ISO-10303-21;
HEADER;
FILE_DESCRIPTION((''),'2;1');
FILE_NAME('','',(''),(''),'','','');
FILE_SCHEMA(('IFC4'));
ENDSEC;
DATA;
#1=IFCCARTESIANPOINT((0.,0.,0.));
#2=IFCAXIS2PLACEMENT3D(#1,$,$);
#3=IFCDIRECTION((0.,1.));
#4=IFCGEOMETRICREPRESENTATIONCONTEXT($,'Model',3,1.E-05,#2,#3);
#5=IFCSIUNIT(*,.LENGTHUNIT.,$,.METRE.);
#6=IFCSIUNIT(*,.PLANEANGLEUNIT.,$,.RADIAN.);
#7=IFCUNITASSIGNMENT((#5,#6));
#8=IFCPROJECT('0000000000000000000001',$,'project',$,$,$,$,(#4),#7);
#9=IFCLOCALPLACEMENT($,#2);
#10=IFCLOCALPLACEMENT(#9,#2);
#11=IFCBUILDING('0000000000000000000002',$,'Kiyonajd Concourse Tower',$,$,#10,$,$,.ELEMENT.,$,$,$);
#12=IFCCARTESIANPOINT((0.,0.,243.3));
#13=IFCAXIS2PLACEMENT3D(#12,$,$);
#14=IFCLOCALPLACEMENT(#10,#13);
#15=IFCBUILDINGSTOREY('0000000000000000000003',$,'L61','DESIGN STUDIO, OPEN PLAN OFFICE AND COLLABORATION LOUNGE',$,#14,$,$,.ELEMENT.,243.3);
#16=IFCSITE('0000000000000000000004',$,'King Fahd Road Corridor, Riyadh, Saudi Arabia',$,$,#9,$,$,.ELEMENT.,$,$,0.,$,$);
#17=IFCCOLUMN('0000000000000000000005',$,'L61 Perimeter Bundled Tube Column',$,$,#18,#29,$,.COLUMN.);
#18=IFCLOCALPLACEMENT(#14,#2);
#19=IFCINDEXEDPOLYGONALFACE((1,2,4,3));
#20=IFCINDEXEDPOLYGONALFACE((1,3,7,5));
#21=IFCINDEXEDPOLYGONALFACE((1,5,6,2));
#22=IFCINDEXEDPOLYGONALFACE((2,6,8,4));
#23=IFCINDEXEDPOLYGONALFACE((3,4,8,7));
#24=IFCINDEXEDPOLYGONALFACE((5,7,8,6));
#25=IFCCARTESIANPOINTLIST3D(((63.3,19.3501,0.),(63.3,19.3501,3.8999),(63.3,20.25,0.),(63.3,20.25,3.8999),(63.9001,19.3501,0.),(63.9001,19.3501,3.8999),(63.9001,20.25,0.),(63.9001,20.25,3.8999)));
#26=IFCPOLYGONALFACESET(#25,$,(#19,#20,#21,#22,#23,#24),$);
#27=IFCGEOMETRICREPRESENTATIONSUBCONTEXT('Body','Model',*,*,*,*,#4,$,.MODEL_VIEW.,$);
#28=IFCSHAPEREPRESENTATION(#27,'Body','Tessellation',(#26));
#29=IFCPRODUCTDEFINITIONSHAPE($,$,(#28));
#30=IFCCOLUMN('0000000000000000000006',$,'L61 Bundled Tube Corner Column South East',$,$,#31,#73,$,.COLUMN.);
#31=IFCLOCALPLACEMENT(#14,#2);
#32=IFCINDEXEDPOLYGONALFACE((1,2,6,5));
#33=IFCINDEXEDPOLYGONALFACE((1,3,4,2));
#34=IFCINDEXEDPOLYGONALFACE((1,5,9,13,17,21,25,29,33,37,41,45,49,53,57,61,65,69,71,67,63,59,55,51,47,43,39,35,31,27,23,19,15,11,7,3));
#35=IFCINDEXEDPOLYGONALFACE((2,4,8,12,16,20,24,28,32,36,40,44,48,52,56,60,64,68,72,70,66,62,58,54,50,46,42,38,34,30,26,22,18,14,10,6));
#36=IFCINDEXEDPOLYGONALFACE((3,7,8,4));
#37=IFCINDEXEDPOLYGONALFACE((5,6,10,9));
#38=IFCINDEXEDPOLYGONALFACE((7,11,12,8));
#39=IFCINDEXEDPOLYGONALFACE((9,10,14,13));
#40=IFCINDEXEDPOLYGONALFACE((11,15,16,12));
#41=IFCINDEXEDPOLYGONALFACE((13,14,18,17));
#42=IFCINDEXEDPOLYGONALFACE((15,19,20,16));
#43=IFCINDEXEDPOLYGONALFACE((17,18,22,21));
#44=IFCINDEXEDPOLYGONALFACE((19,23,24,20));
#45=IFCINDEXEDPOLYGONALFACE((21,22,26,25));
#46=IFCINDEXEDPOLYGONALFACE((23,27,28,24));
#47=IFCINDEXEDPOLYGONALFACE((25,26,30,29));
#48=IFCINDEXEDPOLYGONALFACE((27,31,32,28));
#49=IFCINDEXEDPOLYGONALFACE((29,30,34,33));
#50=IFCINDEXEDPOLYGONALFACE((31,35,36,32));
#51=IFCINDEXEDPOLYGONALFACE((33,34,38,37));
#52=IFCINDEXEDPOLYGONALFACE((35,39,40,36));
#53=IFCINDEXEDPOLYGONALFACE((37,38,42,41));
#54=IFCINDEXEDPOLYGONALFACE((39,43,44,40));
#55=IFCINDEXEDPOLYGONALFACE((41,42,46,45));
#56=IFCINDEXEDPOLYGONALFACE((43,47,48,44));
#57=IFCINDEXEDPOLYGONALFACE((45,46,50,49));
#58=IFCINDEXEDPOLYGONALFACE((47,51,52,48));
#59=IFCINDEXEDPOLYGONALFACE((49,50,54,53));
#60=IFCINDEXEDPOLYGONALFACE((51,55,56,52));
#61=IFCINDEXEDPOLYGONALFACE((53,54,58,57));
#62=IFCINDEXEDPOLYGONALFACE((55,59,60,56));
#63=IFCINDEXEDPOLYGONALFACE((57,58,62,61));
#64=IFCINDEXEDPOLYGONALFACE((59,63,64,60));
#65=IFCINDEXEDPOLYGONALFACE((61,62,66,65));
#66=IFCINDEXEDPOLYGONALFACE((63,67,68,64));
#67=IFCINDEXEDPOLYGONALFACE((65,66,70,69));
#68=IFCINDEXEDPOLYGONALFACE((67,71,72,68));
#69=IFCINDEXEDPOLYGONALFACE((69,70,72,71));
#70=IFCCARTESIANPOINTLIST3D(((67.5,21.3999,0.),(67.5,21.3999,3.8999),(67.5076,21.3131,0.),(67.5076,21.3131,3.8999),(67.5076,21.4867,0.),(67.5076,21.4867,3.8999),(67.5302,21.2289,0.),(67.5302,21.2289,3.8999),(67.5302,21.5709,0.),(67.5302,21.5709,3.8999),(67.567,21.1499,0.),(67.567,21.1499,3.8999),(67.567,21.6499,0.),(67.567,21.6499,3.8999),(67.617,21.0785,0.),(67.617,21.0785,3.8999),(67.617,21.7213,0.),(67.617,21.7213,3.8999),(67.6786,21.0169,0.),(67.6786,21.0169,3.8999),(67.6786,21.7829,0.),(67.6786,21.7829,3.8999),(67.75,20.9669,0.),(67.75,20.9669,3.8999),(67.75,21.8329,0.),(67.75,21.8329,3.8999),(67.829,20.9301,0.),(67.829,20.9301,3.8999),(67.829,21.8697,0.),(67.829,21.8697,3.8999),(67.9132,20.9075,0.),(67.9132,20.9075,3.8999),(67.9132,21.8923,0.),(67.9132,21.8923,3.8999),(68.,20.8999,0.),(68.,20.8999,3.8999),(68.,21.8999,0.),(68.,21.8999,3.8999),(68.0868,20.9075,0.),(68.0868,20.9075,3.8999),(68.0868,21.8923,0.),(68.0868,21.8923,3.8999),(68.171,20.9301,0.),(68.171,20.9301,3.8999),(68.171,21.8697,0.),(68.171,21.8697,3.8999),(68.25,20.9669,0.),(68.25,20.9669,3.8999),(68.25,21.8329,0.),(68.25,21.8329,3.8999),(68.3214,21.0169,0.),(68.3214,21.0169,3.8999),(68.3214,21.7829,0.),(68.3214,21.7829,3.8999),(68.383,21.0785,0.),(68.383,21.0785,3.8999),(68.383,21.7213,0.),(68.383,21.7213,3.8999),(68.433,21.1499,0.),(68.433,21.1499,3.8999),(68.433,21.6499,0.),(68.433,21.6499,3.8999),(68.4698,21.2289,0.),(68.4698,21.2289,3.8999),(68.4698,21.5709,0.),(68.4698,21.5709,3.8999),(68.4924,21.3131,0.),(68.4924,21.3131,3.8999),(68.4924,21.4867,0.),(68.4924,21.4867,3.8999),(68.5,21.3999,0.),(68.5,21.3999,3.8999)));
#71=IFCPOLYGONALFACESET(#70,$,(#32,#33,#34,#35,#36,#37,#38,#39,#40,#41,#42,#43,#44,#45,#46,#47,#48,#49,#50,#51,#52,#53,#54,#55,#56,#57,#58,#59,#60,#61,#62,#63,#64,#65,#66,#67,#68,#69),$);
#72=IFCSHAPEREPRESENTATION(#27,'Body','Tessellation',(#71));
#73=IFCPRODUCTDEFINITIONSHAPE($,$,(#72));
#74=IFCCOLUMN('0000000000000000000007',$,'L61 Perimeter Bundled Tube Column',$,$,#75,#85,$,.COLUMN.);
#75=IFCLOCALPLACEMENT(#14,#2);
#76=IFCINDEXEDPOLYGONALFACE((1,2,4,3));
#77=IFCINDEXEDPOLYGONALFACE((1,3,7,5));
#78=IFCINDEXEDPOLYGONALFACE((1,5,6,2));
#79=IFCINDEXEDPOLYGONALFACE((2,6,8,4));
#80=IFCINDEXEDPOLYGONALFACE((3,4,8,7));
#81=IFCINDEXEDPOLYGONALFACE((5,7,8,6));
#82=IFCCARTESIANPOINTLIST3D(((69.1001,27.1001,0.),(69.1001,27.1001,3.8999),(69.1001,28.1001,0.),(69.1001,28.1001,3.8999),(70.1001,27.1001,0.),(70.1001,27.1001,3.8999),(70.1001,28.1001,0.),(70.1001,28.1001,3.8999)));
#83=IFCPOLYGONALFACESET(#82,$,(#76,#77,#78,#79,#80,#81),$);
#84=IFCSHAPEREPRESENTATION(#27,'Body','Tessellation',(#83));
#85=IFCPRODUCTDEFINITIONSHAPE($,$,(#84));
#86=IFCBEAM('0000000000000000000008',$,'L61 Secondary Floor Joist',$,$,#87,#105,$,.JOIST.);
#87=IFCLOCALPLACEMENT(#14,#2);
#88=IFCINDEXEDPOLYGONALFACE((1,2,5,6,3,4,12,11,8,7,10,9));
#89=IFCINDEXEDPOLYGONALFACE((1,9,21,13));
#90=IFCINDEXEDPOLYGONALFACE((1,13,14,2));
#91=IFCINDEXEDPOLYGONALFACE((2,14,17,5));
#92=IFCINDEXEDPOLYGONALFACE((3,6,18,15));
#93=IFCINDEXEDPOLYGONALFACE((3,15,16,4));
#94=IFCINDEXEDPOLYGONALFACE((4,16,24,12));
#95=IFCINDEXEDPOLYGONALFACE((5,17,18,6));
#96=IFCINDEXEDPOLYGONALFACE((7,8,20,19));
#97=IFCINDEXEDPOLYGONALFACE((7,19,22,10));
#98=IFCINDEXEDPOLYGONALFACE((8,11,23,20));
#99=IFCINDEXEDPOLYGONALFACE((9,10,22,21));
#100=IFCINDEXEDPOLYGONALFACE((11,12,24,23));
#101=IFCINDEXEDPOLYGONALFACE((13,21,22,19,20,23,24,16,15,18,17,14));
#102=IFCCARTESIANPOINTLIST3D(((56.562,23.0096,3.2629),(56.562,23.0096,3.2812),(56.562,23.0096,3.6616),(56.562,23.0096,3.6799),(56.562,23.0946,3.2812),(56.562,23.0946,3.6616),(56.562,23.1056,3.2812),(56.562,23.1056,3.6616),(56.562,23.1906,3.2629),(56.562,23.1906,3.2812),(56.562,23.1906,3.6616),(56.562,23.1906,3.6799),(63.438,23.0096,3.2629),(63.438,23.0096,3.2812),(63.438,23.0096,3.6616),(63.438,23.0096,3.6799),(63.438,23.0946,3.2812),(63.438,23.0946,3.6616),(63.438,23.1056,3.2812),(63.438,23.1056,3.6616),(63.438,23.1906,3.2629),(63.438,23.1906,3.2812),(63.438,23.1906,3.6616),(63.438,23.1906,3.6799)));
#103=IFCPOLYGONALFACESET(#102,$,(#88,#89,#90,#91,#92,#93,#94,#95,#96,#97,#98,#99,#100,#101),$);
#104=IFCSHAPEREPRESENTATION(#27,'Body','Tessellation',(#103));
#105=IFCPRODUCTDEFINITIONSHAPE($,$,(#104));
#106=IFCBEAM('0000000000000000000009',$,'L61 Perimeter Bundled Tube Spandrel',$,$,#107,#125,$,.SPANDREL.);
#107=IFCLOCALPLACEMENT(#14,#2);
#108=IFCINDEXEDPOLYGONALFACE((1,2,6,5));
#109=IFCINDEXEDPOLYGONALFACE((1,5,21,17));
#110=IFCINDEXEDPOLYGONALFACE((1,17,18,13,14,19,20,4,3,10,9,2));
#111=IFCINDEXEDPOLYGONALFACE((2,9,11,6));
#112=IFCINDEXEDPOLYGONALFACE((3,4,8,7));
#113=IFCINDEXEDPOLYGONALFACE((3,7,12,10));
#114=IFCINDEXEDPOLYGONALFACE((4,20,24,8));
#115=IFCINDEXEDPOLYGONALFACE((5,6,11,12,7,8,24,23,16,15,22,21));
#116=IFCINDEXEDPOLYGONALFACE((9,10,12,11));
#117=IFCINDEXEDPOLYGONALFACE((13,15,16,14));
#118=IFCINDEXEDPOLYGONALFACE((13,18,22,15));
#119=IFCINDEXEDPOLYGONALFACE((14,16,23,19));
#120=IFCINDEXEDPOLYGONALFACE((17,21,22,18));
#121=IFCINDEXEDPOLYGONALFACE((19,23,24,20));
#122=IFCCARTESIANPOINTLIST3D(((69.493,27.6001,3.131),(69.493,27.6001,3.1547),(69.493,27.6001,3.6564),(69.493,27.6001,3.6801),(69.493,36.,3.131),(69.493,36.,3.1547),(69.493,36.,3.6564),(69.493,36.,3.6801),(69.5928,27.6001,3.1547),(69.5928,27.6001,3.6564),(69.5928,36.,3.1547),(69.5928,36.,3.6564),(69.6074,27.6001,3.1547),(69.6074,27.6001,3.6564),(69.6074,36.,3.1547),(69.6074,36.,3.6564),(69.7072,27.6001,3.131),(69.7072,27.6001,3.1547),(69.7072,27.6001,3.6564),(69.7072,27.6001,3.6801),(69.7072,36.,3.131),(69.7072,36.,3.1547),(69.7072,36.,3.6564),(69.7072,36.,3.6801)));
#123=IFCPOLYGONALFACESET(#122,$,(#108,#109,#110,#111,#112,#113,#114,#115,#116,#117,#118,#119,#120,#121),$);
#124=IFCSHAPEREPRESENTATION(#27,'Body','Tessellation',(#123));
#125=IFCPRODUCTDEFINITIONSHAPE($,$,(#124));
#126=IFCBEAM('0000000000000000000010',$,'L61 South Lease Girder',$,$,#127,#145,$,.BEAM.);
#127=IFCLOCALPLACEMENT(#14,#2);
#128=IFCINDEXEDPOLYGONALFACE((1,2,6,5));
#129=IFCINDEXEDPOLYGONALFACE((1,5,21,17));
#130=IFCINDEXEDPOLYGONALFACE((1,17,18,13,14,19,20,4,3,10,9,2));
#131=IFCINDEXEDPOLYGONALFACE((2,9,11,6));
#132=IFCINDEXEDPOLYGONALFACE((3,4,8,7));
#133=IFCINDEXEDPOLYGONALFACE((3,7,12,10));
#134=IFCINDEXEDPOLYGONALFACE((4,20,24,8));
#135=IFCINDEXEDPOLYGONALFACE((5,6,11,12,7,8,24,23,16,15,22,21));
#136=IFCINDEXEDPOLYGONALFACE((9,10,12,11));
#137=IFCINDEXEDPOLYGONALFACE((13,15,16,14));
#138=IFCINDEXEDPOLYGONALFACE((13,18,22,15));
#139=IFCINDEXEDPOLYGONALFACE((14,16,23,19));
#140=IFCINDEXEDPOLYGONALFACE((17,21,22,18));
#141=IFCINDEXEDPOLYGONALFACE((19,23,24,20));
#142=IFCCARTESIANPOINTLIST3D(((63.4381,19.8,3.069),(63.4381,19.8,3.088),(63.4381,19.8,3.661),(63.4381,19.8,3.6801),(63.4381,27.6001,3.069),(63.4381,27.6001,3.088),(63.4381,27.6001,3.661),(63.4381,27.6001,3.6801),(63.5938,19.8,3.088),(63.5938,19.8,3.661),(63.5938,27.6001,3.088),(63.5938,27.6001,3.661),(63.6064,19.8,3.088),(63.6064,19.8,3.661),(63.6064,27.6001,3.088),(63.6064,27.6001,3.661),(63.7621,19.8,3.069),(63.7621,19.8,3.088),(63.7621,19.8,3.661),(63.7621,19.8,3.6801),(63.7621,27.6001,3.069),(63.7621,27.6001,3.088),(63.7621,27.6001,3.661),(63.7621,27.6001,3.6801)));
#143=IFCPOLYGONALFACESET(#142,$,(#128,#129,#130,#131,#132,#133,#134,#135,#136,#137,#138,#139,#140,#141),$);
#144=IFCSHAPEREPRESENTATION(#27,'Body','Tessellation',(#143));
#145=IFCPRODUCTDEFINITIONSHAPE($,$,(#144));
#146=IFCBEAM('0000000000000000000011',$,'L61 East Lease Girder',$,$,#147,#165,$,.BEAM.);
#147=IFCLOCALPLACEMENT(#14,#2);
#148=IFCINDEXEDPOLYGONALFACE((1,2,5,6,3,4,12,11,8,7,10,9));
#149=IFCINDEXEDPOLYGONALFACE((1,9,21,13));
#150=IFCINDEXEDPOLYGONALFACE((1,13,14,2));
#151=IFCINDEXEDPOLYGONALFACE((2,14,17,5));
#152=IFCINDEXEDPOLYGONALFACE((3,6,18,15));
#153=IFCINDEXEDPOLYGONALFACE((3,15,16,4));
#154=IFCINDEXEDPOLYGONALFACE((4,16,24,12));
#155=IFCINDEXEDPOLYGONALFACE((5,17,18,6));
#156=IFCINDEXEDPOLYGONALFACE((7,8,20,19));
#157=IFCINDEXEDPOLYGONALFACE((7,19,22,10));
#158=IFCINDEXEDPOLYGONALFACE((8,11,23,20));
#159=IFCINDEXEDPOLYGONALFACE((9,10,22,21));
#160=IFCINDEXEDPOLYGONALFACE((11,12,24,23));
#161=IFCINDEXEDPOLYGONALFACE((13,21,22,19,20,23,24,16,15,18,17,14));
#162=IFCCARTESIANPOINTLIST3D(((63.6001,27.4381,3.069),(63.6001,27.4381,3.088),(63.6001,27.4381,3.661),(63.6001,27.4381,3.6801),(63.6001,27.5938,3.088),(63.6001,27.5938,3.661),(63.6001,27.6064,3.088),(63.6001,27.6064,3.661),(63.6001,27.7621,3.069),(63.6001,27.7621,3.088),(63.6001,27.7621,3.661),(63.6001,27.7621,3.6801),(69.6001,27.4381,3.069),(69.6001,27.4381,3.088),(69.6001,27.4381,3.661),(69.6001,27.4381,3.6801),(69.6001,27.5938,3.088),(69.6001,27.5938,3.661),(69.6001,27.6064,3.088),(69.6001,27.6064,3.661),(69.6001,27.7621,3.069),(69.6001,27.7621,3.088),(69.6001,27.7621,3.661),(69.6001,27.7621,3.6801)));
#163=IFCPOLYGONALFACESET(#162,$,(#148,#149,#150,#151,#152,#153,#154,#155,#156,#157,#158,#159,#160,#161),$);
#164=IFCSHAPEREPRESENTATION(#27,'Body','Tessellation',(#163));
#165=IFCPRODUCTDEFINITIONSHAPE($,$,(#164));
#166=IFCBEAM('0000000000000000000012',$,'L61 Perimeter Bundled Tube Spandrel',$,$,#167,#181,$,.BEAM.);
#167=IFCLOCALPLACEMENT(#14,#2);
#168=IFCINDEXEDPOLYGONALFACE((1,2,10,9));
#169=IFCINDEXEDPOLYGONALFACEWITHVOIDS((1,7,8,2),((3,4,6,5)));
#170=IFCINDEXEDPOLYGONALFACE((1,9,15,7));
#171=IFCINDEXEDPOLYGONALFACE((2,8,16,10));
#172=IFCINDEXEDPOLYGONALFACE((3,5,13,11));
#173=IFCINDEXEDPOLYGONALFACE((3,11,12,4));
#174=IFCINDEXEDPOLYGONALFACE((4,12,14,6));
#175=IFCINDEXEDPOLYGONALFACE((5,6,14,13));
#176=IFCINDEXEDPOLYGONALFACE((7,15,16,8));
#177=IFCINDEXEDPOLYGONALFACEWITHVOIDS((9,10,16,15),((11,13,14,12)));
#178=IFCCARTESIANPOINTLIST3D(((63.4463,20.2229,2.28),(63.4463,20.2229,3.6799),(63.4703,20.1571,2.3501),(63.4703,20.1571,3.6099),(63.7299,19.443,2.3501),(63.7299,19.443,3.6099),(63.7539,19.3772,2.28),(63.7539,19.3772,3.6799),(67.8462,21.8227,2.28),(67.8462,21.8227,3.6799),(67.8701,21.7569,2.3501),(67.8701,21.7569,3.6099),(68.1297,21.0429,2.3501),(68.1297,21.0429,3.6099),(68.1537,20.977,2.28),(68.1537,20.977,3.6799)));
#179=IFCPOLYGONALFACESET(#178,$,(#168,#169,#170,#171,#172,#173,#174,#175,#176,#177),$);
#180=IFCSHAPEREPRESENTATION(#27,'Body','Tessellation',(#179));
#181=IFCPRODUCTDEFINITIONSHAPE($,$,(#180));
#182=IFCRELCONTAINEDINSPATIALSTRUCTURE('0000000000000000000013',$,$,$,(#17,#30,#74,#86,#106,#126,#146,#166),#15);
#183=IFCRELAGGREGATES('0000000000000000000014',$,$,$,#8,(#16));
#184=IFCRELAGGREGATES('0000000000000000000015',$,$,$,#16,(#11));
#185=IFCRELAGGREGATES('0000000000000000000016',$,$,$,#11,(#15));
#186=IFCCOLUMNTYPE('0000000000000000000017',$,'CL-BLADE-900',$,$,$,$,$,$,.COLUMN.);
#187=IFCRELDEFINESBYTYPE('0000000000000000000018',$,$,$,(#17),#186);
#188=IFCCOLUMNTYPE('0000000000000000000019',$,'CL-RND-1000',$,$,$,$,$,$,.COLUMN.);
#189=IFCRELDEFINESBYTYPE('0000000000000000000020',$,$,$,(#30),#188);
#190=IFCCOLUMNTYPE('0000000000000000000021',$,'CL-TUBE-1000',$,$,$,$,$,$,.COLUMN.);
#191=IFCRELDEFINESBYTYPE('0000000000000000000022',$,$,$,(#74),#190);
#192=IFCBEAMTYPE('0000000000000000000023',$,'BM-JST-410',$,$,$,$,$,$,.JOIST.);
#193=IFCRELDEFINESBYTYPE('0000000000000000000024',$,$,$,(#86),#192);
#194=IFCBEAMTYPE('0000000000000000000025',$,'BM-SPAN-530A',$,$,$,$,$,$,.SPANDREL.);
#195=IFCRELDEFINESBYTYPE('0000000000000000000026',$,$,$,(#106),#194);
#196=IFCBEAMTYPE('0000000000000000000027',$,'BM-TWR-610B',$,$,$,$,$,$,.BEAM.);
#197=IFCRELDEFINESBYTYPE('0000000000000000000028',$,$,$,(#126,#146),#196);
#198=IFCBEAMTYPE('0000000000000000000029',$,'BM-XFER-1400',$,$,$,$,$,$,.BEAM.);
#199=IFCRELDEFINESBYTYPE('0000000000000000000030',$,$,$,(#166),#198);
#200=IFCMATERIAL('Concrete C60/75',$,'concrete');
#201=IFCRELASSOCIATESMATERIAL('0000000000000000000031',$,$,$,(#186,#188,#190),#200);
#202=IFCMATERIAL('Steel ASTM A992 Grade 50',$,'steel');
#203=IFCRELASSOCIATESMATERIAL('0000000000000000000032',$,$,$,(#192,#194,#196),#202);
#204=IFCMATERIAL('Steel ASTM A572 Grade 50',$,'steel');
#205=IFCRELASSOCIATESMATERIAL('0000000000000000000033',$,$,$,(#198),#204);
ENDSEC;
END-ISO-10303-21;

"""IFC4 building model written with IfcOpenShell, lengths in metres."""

from ifc_helpers import new_model, si_unit, direction, frame, origin, origin_2d, place, context, subcontext, project, spatial, rectangle, hollow_rectangle, circle, i_section, extrude, material, material_profile, profile_set, type_object, element, save


model = new_model("IFC4")

# Units and contexts
model_context = context("Model", 3, precision=1e-05, world=origin(), true_north=direction((0.0, 1.0)))
body_context = subcontext(model_context, "Body", "Model", "MODEL_VIEW")
ifc_project = project(units=[si_unit("LENGTHUNIT", "METRE"), si_unit("PLANEANGLEUNIT", "RADIAN")], contexts=[model_context])

# Site, building, storey
site_placement = place(None, origin())
site = spatial("IfcSite", under=ifc_project, at=site_placement, Name="King Fahd Road Corridor, Riyadh, Saudi Arabia", CompositionType="ELEMENT", RefElevation=0.0)
building_placement = place(site_placement, origin())
building = spatial("IfcBuilding", under=site, at=building_placement, Name="Kiyonajd Concourse Tower", CompositionType="ELEMENT")
storey_placement = place(building_placement, frame((0.0, 0.0, 243.3)))
storey = spatial("IfcBuildingStorey", under=building, at=storey_placement, Name="L61", Description="DESIGN STUDIO, OPEN PLAN OFFICE AND COLLABORATION LOUNGE", CompositionType="ELEMENT", Elevation=243.3)

# Columns
ifc_material_1 = material(Name="Concrete C60/75", Category="concrete")
ifc_material_profile_1 = material_profile(ifc_material_1, rectangle(XDim=0.6001, YDim=0.8999, at=origin_2d()), Name="RC-900x600")
ifc_profile_set_1 = profile_set([ifc_material_profile_1], Name="Concrete C60/75")
column_type_1 = type_object("IfcColumnType", Name="CL-BLADE-900", PredefinedType="COLUMN", material=ifc_profile_set_1)
column_1_placement = place(storey_placement, frame((63.6001, 19.8, 0.0), z_axis=(0.0, 0.0, 1.0), x_axis=(1.0, 0.0, 0.0)))
element("IfcColumn", 1, at=column_1_placement, inside=storey, type_object=column_type_1, Name="L61 Perimeter Bundled Tube Column", PredefinedType="COLUMN", context=body_context, shape_type="SweptSolid", body=[
    extrude(rectangle(XDim=0.6001, YDim=0.8999, at=origin_2d()), origin(), (0.0, 0.0, 1.0), 3.8999),
])
ifc_material_profile_2 = material_profile(ifc_material_1, circle(Radius=0.5, at=origin_2d()), Name="RCC-D1000")
ifc_profile_set_2 = profile_set([ifc_material_profile_2], Name="Concrete C60/75")
column_type_2 = type_object("IfcColumnType", Name="CL-RND-1000", PredefinedType="COLUMN", material=ifc_profile_set_2)
column_2_placement = place(storey_placement, frame((68.0, 21.3999, 0.0), z_axis=(0.0, 0.0, 1.0), x_axis=(1.0, 0.0, 0.0)))
element("IfcColumn", 2, at=column_2_placement, inside=storey, type_object=column_type_2, Name="L61 Bundled Tube Corner Column South East", PredefinedType="COLUMN", context=body_context, shape_type="SweptSolid", body=[
    extrude(circle(Radius=0.5, at=origin_2d()), origin(), (0.0, 0.0, 1.0), 3.8999),
])
ifc_material_profile_3 = material_profile(ifc_material_1, rectangle(XDim=1.0, YDim=1.0, at=origin_2d()), Name="RC-1000x1000")
ifc_profile_set_3 = profile_set([ifc_material_profile_3], Name="Concrete C60/75")
column_type_3 = type_object("IfcColumnType", Name="CL-TUBE-1000", PredefinedType="COLUMN", material=ifc_profile_set_3)
column_3_placement = place(storey_placement, frame((69.6001, 27.6001, 0.0), z_axis=(0.0, 0.0, 1.0), x_axis=(1.0, 0.0, 0.0)))
element("IfcColumn", 3, at=column_3_placement, inside=storey, type_object=column_type_3, Name="L61 Perimeter Bundled Tube Column", PredefinedType="COLUMN", context=body_context, shape_type="SweptSolid", body=[
    extrude(rectangle(XDim=1.0, YDim=1.0, at=origin_2d()), origin(), (0.0, 0.0, 1.0), 3.8999),
])

# Beams
ifc_material_2 = material(Name="Steel ASTM A992 Grade 50", Category="steel")
ifc_material_profile_4 = material_profile(ifc_material_2, i_section(OverallWidth=0.1809, OverallDepth=0.417, WebThickness=0.011, FlangeThickness=0.0183, at=origin_2d()), Name="W410X85")
ifc_profile_set_4 = profile_set([ifc_material_profile_4], Name="Steel ASTM A992 Grade 50")
beam_type_1 = type_object("IfcBeamType", Name="BM-JST-410", PredefinedType="JOIST", material=ifc_profile_set_4)
beam_1_placement = place(storey_placement, frame((56.562, 23.1001, 3.4714), z_axis=(1.0, 0.0, 0.0), x_axis=(0.0, 1.0, 0.0)))
element("IfcBeam", 4, at=beam_1_placement, inside=storey, type_object=beam_type_1, Name="L61 Secondary Floor Joist", PredefinedType="JOIST", context=body_context, shape_type="SweptSolid", body=[
    extrude(i_section(OverallWidth=0.1809, OverallDepth=0.417, WebThickness=0.011, FlangeThickness=0.0183, at=origin_2d()), origin(), (0.0, 0.0, 1.0), 6.876),
])
ifc_material_profile_5 = material_profile(ifc_material_2, i_section(OverallWidth=0.2141, OverallDepth=0.5491, WebThickness=0.0146, FlangeThickness=0.0237, at=origin_2d()), Name="W530X138")
ifc_profile_set_5 = profile_set([ifc_material_profile_5], Name="Steel ASTM A992 Grade 50")
beam_type_2 = type_object("IfcBeamType", Name="BM-SPAN-530A", PredefinedType="SPANDREL", material=ifc_profile_set_5)
beam_2_placement = place(storey_placement, frame((69.6001, 27.6001, 3.4055), z_axis=(0.0, 1.0, 0.0), x_axis=(-1.0, 0.0, 0.0)))
element("IfcBeam", 5, at=beam_2_placement, inside=storey, type_object=beam_type_2, Name="L61 Perimeter Bundled Tube Spandrel", PredefinedType="SPANDREL", context=body_context, shape_type="SweptSolid", body=[
    extrude(i_section(OverallWidth=0.2141, OverallDepth=0.5491, WebThickness=0.0146, FlangeThickness=0.0237, at=origin_2d()), origin(), (0.0, 0.0, 1.0), 8.3999),
])
ifc_material_profile_6 = material_profile(ifc_material_2, i_section(OverallWidth=0.324, OverallDepth=0.6111, WebThickness=0.0127, FlangeThickness=0.019, at=origin_2d()), Name="W610X155")
ifc_profile_set_6 = profile_set([ifc_material_profile_6], Name="Steel ASTM A992 Grade 50")
beam_type_3 = type_object("IfcBeamType", Name="BM-TWR-610B", PredefinedType="BEAM", material=ifc_profile_set_6)
beam_3_placement = place(storey_placement, frame((63.6001, 19.8, 3.3745), z_axis=(0.0, 1.0, 0.0), x_axis=(-1.0, 0.0, 0.0)))
element("IfcBeam", 6, at=beam_3_placement, inside=storey, type_object=beam_type_3, Name="L61 South Lease Girder", PredefinedType="BEAM", context=body_context, shape_type="SweptSolid", body=[
    extrude(i_section(OverallWidth=0.324, OverallDepth=0.6111, WebThickness=0.0127, FlangeThickness=0.019, at=origin_2d()), origin(), (0.0, 0.0, 1.0), 7.8),
])
beam_4_placement = place(storey_placement, frame((63.6001, 27.6001, 3.3745), z_axis=(1.0, 0.0, 0.0), x_axis=(0.0, 1.0, 0.0)))
element("IfcBeam", 7, at=beam_4_placement, inside=storey, type_object=beam_type_3, Name="L61 East Lease Girder", PredefinedType="BEAM", context=body_context, shape_type="SweptSolid", body=[
    extrude(i_section(OverallWidth=0.324, OverallDepth=0.6111, WebThickness=0.0127, FlangeThickness=0.019, at=origin_2d()), origin(), (0.0, 0.0, 1.0), 6.0),
])
ifc_material_3 = material(Name="Steel ASTM A572 Grade 50", Category="steel")
ifc_material_profile_7 = material_profile(ifc_material_3, hollow_rectangle(XDim=0.8999, YDim=1.3999, WallThickness=0.0701, at=origin_2d()), Name="BOX-1400x900x70")
ifc_profile_set_7 = profile_set([ifc_material_profile_7], Name="Steel ASTM A572 Grade 50")
beam_type_4 = type_object("IfcBeamType", Name="BM-XFER-1400", PredefinedType="BEAM", material=ifc_profile_set_7)
beam_5_placement = place(storey_placement, frame((63.6001, 19.8, 2.98), z_axis=(0.939801, 0.341722, 0.0), x_axis=(-0.341722, 0.939801, 0.0)))
element("IfcBeam", 8, at=beam_5_placement, inside=storey, type_object=beam_type_4, Name="L61 Perimeter Bundled Tube Spandrel", PredefinedType="BEAM", context=body_context, shape_type="SweptSolid", body=[
    extrude(hollow_rectangle(XDim=0.8999, YDim=1.3999, WallThickness=0.0701, at=origin_2d()), origin(), (0.0, 0.0, 1.0), 4.6816),
])

save(model, "model.ifc")
